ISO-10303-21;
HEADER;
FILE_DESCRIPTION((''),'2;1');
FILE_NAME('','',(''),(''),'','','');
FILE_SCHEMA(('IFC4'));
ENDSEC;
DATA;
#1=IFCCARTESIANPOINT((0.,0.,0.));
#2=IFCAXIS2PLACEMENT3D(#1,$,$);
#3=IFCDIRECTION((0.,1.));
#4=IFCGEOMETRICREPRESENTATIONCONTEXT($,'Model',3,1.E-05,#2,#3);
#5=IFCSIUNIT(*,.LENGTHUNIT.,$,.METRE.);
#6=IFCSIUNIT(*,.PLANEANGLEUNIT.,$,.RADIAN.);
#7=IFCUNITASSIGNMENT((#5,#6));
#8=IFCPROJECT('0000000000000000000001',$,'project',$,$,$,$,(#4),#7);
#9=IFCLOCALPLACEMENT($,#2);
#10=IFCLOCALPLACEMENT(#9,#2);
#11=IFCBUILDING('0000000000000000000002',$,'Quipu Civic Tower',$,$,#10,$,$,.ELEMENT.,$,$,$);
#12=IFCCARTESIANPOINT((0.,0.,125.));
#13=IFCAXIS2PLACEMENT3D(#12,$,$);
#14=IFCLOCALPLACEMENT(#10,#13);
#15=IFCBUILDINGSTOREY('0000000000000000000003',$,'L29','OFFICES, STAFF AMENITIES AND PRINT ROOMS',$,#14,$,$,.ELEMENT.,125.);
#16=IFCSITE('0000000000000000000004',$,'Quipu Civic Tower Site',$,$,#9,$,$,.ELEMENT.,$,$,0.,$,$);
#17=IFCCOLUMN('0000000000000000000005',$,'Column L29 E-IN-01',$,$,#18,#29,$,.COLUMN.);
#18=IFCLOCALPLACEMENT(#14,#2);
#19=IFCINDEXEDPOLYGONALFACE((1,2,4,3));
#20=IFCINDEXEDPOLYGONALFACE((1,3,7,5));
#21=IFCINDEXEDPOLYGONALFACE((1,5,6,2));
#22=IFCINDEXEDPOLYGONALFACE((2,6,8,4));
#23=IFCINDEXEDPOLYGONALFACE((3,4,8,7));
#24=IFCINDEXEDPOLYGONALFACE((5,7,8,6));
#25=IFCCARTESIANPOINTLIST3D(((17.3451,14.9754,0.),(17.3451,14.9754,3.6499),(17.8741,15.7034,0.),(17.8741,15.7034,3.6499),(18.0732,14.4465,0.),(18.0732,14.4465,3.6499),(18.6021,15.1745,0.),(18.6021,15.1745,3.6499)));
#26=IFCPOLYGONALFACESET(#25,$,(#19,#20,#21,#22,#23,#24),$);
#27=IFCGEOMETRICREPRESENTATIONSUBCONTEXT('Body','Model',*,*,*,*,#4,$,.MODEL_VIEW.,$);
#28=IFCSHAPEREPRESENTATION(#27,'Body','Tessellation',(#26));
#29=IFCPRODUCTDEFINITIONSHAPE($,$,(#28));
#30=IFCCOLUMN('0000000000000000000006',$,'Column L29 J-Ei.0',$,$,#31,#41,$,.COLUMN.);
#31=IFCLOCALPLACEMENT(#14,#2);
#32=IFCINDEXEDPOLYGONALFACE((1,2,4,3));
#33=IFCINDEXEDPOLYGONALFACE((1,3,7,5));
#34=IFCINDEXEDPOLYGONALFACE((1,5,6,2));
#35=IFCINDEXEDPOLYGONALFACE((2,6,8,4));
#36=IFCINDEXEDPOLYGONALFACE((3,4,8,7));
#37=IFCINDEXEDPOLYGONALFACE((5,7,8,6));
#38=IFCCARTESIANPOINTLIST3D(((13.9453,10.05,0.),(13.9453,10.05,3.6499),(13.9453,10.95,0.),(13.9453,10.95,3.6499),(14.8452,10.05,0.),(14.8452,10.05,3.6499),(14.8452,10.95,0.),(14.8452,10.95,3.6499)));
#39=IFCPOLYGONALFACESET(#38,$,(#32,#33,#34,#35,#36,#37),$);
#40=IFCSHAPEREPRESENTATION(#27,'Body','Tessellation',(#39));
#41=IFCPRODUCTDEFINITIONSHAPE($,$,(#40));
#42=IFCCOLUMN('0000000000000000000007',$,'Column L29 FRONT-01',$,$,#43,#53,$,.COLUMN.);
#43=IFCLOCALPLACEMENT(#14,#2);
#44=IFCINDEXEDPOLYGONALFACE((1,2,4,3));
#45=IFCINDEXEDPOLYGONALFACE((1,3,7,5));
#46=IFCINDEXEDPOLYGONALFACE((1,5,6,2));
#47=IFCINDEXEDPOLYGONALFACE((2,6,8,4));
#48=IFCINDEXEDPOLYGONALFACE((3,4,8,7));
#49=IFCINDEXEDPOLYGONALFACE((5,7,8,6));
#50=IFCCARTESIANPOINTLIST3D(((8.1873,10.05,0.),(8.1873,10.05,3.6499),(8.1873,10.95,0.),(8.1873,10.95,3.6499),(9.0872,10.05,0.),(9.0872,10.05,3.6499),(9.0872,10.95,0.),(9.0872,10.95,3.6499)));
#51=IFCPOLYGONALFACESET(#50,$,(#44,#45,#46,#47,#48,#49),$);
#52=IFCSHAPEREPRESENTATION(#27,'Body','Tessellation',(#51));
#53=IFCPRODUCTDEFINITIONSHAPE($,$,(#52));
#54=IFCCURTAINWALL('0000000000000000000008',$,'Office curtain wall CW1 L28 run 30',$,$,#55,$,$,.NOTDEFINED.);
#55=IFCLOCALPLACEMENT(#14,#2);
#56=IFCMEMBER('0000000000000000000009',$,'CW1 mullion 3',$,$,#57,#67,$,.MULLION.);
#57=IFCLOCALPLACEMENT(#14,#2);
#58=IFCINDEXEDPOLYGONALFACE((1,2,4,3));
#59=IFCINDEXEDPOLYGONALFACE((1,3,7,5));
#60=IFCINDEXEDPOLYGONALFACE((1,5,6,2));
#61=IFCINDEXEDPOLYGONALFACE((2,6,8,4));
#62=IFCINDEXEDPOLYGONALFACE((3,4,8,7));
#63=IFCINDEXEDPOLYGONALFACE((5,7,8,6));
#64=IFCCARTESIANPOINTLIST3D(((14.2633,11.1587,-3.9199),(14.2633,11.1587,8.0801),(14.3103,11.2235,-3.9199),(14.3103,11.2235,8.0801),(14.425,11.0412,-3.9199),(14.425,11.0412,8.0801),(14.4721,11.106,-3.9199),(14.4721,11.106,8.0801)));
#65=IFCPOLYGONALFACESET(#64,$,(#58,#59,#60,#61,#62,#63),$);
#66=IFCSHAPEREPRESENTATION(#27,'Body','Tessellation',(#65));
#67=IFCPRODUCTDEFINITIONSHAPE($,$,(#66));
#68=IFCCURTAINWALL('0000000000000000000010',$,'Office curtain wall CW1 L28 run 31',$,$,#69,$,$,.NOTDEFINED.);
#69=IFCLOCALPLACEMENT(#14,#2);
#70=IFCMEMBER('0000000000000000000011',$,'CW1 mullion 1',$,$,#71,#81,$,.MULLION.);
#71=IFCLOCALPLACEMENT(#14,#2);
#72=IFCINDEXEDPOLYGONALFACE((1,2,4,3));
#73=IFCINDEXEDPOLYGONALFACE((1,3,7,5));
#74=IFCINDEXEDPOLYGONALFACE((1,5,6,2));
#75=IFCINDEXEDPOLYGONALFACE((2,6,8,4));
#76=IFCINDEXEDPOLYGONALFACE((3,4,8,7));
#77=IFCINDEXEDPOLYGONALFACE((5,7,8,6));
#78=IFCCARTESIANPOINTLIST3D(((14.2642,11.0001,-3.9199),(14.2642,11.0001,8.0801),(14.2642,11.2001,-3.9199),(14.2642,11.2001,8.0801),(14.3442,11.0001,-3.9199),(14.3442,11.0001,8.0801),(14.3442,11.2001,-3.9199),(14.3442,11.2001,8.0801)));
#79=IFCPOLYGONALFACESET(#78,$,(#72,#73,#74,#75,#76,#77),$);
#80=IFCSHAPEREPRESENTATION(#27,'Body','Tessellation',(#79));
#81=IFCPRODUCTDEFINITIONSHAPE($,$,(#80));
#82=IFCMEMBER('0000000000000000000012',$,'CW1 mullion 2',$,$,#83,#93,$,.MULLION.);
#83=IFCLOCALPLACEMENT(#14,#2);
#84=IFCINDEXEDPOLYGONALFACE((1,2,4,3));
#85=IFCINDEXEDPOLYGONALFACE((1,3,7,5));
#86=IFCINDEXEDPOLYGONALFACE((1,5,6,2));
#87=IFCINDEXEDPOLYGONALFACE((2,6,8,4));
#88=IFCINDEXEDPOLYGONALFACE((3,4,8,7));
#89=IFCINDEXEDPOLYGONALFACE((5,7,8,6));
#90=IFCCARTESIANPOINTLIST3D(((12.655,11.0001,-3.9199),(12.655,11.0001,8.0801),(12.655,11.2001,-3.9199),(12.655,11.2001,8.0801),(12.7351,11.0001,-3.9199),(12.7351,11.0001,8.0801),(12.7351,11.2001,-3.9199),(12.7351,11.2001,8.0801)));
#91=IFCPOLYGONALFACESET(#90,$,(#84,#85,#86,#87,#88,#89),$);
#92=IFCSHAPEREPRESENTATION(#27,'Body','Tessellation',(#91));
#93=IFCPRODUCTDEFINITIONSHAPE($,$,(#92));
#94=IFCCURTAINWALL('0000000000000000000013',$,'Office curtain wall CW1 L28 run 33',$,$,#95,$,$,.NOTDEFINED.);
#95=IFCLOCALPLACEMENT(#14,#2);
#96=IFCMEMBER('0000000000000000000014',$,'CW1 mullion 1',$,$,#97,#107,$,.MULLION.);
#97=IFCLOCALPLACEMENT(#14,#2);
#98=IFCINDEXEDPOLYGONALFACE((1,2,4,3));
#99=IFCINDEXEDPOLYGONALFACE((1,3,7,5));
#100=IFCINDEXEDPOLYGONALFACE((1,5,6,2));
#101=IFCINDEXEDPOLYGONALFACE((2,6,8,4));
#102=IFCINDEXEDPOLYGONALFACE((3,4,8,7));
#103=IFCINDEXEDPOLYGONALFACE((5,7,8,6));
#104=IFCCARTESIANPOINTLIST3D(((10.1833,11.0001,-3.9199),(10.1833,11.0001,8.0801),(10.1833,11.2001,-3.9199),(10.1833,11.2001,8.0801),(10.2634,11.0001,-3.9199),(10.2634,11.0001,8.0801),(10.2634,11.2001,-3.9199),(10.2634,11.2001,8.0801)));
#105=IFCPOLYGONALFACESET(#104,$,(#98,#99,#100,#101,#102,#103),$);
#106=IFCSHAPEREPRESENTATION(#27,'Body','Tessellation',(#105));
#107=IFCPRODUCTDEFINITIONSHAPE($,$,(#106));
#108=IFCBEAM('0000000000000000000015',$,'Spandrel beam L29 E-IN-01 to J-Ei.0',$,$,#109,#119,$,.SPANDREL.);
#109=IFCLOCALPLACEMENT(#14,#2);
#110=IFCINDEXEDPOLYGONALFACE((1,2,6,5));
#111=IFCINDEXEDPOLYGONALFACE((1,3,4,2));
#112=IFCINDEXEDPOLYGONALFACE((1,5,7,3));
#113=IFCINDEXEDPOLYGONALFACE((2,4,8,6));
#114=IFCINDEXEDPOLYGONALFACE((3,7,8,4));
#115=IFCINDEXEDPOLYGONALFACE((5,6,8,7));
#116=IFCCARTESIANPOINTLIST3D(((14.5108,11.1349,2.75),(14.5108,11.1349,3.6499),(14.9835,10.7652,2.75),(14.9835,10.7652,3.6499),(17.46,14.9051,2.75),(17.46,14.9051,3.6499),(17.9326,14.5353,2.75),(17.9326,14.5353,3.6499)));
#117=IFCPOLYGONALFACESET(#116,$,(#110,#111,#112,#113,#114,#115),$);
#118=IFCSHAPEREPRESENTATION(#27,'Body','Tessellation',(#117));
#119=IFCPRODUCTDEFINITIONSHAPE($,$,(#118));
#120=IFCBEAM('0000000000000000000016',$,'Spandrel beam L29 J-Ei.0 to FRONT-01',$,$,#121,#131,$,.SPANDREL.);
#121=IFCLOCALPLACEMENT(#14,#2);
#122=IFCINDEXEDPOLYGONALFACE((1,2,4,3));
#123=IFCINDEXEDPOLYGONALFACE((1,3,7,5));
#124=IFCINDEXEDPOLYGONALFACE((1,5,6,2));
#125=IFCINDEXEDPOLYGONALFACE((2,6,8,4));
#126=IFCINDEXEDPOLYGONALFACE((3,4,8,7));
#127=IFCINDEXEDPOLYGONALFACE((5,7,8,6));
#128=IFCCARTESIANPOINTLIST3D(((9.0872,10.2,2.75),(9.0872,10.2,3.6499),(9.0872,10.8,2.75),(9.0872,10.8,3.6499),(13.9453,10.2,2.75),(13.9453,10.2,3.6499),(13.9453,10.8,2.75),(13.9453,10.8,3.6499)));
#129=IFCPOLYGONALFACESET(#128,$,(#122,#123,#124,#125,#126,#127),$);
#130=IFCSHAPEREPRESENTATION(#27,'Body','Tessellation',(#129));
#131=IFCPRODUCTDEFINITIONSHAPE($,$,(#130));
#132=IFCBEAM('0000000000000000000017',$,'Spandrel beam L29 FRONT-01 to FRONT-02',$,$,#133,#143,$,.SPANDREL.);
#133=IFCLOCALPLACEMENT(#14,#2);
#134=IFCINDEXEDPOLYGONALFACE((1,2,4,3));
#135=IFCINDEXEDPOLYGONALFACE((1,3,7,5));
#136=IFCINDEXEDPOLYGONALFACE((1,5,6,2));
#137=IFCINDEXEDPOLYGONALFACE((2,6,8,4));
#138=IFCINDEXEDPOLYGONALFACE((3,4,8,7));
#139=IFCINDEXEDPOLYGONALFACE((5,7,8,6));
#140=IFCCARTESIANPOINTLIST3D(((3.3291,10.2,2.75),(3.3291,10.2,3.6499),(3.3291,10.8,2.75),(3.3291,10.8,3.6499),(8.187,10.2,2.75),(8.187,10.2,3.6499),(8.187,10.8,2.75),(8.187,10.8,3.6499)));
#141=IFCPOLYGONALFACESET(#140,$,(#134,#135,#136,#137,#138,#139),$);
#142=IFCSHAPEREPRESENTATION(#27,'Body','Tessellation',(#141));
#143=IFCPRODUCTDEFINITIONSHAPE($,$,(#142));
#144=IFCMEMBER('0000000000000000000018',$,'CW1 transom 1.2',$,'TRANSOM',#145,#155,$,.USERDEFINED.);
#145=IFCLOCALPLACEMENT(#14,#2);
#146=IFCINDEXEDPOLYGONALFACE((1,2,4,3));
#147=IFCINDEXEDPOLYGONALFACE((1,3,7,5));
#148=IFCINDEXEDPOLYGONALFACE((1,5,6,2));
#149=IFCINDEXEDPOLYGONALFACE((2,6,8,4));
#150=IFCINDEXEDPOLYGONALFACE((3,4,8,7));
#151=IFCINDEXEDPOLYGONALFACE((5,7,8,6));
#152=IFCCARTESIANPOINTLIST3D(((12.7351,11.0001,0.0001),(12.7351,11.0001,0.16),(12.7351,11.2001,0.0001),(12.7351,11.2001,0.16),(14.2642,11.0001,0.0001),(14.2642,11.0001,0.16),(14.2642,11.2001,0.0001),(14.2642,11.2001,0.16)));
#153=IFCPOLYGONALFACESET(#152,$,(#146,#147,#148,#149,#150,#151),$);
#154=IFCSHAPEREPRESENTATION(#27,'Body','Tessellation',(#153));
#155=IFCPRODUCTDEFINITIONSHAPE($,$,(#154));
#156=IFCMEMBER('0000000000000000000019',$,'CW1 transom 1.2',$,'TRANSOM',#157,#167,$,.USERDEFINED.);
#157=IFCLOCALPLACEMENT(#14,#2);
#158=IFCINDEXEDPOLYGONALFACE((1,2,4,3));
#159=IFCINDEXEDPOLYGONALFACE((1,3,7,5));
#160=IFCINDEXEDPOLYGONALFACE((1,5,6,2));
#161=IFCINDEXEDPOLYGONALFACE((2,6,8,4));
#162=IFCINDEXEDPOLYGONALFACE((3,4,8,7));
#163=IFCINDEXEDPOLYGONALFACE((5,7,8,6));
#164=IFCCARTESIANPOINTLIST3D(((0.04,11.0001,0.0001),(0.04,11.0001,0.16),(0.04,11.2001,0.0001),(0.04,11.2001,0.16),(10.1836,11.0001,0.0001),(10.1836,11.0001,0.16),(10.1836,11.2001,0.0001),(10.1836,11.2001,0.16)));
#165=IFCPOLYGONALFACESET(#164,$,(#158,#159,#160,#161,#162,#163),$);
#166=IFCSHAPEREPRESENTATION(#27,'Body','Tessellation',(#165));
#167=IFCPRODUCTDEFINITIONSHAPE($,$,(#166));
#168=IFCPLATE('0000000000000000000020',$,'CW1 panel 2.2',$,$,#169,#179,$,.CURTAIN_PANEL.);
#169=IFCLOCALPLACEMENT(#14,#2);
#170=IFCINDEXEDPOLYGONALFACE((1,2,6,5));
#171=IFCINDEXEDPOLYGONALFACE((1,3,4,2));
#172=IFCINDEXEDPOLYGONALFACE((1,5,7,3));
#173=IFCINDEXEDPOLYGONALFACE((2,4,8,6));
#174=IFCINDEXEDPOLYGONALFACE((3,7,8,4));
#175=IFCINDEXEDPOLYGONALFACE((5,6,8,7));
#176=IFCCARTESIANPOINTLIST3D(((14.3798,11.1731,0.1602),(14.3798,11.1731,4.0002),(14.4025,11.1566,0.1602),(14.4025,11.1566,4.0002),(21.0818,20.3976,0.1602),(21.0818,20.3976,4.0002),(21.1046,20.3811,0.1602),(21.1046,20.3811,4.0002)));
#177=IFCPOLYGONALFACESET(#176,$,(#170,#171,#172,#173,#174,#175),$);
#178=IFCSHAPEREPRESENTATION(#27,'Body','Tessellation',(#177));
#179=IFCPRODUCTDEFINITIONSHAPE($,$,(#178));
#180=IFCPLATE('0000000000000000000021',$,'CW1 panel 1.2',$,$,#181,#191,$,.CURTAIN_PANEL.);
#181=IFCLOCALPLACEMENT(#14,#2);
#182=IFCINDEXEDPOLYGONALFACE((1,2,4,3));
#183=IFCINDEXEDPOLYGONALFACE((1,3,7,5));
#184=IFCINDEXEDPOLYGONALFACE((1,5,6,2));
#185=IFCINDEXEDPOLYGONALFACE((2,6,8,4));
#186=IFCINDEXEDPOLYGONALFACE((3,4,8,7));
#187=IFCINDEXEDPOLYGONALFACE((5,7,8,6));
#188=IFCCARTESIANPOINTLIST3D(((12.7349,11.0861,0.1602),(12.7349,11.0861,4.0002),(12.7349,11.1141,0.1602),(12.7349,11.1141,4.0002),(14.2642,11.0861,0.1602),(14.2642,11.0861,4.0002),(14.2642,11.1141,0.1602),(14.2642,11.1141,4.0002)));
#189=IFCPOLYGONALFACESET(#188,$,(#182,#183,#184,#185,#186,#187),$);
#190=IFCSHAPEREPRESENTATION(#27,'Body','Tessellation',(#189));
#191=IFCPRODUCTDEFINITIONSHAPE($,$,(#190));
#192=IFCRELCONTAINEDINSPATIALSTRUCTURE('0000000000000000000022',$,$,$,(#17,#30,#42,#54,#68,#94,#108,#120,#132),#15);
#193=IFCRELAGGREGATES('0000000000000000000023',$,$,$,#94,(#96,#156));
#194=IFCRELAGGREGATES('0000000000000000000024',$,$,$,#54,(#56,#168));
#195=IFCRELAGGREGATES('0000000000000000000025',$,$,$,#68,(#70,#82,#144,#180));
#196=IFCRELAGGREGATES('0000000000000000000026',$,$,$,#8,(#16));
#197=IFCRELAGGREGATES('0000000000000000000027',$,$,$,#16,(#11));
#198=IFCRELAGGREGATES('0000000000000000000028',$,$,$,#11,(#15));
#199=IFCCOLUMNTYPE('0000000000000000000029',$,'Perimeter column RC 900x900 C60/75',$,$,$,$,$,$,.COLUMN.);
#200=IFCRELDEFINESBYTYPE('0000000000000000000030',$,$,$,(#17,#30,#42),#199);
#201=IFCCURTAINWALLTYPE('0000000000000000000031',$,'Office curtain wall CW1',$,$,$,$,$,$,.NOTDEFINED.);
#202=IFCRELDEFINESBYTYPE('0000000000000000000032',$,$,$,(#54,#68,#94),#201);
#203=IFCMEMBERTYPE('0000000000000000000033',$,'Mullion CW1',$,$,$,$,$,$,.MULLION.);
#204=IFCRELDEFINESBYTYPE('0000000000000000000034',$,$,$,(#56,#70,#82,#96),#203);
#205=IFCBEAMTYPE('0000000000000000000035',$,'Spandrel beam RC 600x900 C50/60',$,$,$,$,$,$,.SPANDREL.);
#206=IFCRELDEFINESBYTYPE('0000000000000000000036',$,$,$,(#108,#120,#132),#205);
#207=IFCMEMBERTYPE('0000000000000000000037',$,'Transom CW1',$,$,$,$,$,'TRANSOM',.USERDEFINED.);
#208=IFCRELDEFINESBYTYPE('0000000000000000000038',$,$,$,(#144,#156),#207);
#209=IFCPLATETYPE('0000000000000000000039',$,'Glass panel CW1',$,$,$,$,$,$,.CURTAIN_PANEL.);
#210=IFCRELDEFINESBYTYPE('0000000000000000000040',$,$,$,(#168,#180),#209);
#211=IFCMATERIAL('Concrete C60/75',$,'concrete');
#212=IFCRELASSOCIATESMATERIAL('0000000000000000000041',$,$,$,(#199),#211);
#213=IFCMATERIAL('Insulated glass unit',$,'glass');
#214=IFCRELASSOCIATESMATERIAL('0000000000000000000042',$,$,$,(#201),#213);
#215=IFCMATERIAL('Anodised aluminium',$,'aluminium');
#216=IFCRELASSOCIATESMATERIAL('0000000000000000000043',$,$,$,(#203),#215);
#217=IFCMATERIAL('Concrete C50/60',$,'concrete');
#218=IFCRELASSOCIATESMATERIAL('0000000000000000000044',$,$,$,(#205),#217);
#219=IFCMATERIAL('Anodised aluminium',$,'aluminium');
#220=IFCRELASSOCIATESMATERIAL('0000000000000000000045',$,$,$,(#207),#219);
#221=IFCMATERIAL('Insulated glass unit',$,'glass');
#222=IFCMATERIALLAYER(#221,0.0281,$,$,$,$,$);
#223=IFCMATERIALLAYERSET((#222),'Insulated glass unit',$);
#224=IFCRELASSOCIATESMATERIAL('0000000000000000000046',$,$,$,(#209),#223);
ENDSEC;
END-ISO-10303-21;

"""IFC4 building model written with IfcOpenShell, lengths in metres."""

from ifc_helpers import new_model, si_unit, direction, frame, origin, origin_2d, place, context, subcontext, project, spatial, rectangle, extrude, material, layer, layer_set, material_profile, profile_set, type_object, element, aggregate, save


model = new_model("IFC4")

# Units and contexts
model_context = context("Model", 3, precision=1e-05, world=origin(), true_north=direction((0.0, 1.0)))
body_context = subcontext(model_context, "Body", "Model", "MODEL_VIEW")
ifc_project = project(units=[si_unit("LENGTHUNIT", "METRE"), si_unit("PLANEANGLEUNIT", "RADIAN")], contexts=[model_context])

# Site, building, storey
site_placement = place(None, origin())
site = spatial("IfcSite", under=ifc_project, at=site_placement, Name="Quipu Civic Tower Site", CompositionType="ELEMENT", RefElevation=0.0)
building_placement = place(site_placement, origin())
building = spatial("IfcBuilding", under=site, at=building_placement, Name="Quipu Civic Tower", CompositionType="ELEMENT")
storey_placement = place(building_placement, frame((0.0, 0.0, 125.0)))
storey = spatial("IfcBuildingStorey", under=building, at=storey_placement, Name="L29", Description="OFFICES, STAFF AMENITIES AND PRINT ROOMS", CompositionType="ELEMENT", Elevation=125.0)

# Columns
ifc_material_1 = material(Name="Concrete C60/75", Category="concrete")
ifc_material_profile_1 = material_profile(ifc_material_1, rectangle(XDim=0.8999, YDim=0.8999, at=origin_2d()), Name="RC900x900")
ifc_profile_set_1 = profile_set([ifc_material_profile_1], Name="Concrete C60/75")
column_type = type_object("IfcColumnType", Name="Perimeter column RC 900x900 C60/75", PredefinedType="COLUMN", material=ifc_profile_set_1)
for number, where, z_axis, x_axis, name in (
    (1, (17.9736, 15.075, 0.0), (0.0, 0.0, 1.0), (-0.587785, -0.809017, 0.0), "Column L29 E-IN-01"),
    (2, (14.3953, 10.5, 0.0), (0.0, 0.0, 1.0), (-1.0, 0.0, 0.0), "Column L29 J-Ei.0"),
    (3, (8.6372, 10.5, 0.0), (0.0, 0.0, 1.0), (-1.0, 0.0, 0.0), "Column L29 FRONT-01"),
):
    element("IfcColumn", number, at=place(storey_placement, frame(where, z_axis=z_axis, x_axis=x_axis)), inside=storey, type_object=column_type, Name=name, PredefinedType="COLUMN", context=body_context, shape_type="SweptSolid", body=[
        extrude(rectangle(XDim=0.8999, YDim=0.8999, at=origin_2d()), origin(), (0.0, 0.0, 1.0), 3.6499),
    ])

# Curtain wall, member
ifc_material_2 = material(Name="Insulated glass unit", Category="glass")
curtain_wall_type = type_object("IfcCurtainWallType", Name="Office curtain wall CW1", PredefinedType="NOTDEFINED", material=ifc_material_2)
curtain_wall_1_placement = place(storey_placement, origin())
curtain_wall_1 = element("IfcCurtainWall", 4, at=curtain_wall_1_placement, inside=storey, type_object=curtain_wall_type, Name="Office curtain wall CW1 L28 run 30", PredefinedType="NOTDEFINED")
ifc_material_3 = material(Name="Anodised aluminium", Category="aluminium")
ifc_material_profile_2 = material_profile(ifc_material_3, rectangle(XDim=0.2, YDim=0.0801, at=origin_2d()), Name="RECT 200x80")
ifc_profile_set_2 = profile_set([ifc_material_profile_2], Name="Anodised aluminium")
member_type_1 = type_object("IfcMemberType", Name="Mullion CW1", PredefinedType="MULLION", material=ifc_profile_set_2)
member_1_placement = place(storey_placement, frame((14.3677, 11.1323, -3.9199), z_axis=(0.0, 0.0, 1.0), x_axis=(0.809014, -0.587789, 0.0)))
member_1 = element("IfcMember", 5, at=member_1_placement, type_object=member_type_1, Name="CW1 mullion 3", PredefinedType="MULLION", context=body_context, shape_type="SweptSolid", body=[
    extrude(rectangle(XDim=0.2, YDim=0.0801, at=origin_2d()), origin(), (0.0, 0.0, 1.0), 12.0),
])

# Curtain wall, members
curtain_wall_2_placement = place(storey_placement, origin())
curtain_wall_2 = element("IfcCurtainWall", 6, at=curtain_wall_2_placement, inside=storey, type_object=curtain_wall_type, Name="Office curtain wall CW1 L28 run 31", PredefinedType="NOTDEFINED")
member_2_placement = place(storey_placement, frame((14.3042, 11.1001, -3.9199), z_axis=(0.0, 0.0, 1.0), x_axis=(0.0, -1.0, 0.0)))
member_2 = element("IfcMember", 7, at=member_2_placement, type_object=member_type_1, Name="CW1 mullion 1", PredefinedType="MULLION", context=body_context, shape_type="SweptSolid", body=[
    extrude(rectangle(XDim=0.2, YDim=0.0801, at=origin_2d()), origin(), (0.0, 0.0, 1.0), 12.0),
])
member_3_placement = place(storey_placement, frame((12.6951, 11.1001, -3.9199), z_axis=(0.0, 0.0, 1.0), x_axis=(0.0, -1.0, 0.0)))
member_3 = element("IfcMember", 8, at=member_3_placement, type_object=member_type_1, Name="CW1 mullion 2", PredefinedType="MULLION", context=body_context, shape_type="SweptSolid", body=[
    extrude(rectangle(XDim=0.2, YDim=0.0801, at=origin_2d()), origin(), (0.0, 0.0, 1.0), 12.0),
])

# Curtain wall, member
curtain_wall_3_placement = place(storey_placement, origin())
curtain_wall_3 = element("IfcCurtainWall", 9, at=curtain_wall_3_placement, inside=storey, type_object=curtain_wall_type, Name="Office curtain wall CW1 L28 run 33", PredefinedType="NOTDEFINED")
member_4_placement = place(storey_placement, frame((10.2234, 11.1001, -3.9199), z_axis=(0.0, 0.0, 1.0), x_axis=(0.0, -1.0, 0.0)))
member_4 = element("IfcMember", 10, at=member_4_placement, type_object=member_type_1, Name="CW1 mullion 1", PredefinedType="MULLION", context=body_context, shape_type="SweptSolid", body=[
    extrude(rectangle(XDim=0.2, YDim=0.0801, at=origin_2d()), origin(), (0.0, 0.0, 1.0), 12.0),
])

# Beams
ifc_material_4 = material(Name="Concrete C50/60", Category="concrete")
ifc_material_profile_3 = material_profile(ifc_material_4, rectangle(XDim=0.6001, YDim=0.8999, at=origin_2d()), Name="RC600x900")
ifc_profile_set_3 = profile_set([ifc_material_profile_3], Name="Concrete C50/60")
beam_type = type_object("IfcBeamType", Name="Spandrel beam RC 600x900 C50/60", PredefinedType="SPANDREL", material=ifc_profile_set_3)
beam_1_placement = place(storey_placement, frame((17.6963, 14.7202, 3.2), z_axis=(-0.616124, -0.787649, 0.0), x_axis=(0.787649, -0.616124, 0.0)))
element("IfcBeam", 11, at=beam_1_placement, inside=storey, type_object=beam_type, Name="Spandrel beam L29 E-IN-01 to J-Ei.0", PredefinedType="SPANDREL", context=body_context, shape_type="SweptSolid", body=[
    extrude(rectangle(XDim=0.6001, YDim=0.8999, at=origin_2d()), origin(), (0.0, 0.0, 1.0), 4.7866),
])
beam_2_placement = place(storey_placement, frame((13.9453, 10.5, 3.2), z_axis=(-1.0, 0.0, 0.0), x_axis=(0.0, -1.0, 0.0)))
element("IfcBeam", 12, at=beam_2_placement, inside=storey, type_object=beam_type, Name="Spandrel beam L29 J-Ei.0 to FRONT-01", PredefinedType="SPANDREL", context=body_context, shape_type="SweptSolid", body=[
    extrude(rectangle(XDim=0.6001, YDim=0.8999, at=origin_2d()), origin(), (0.0, 0.0, 1.0), 4.8582),
])
beam_3_placement = place(storey_placement, frame((8.187, 10.5, 3.2), z_axis=(-1.0, 0.0, 0.0), x_axis=(0.0, -1.0, 0.0)))
element("IfcBeam", 13, at=beam_3_placement, inside=storey, type_object=beam_type, Name="Spandrel beam L29 FRONT-01 to FRONT-02", PredefinedType="SPANDREL", context=body_context, shape_type="SweptSolid", body=[
    extrude(rectangle(XDim=0.6001, YDim=0.8999, at=origin_2d()), origin(), (0.0, 0.0, 1.0), 4.8579),
])

# Members
ifc_material_5 = material(Name="Anodised aluminium", Category="aluminium")
ifc_material_profile_4 = material_profile(ifc_material_5, rectangle(XDim=0.2, YDim=0.1599, at=origin_2d()), Name="RECT 200x160")
ifc_profile_set_4 = profile_set([ifc_material_profile_4], Name="Anodised aluminium")
member_type_2 = type_object("IfcMemberType", Name="Transom CW1", ElementType="TRANSOM", PredefinedType="USERDEFINED", material=ifc_profile_set_4)
member_5_placement = place(storey_placement, frame((14.2642, 11.1001, 0.0801), z_axis=(-1.0, 0.0, 0.0), x_axis=(0.0, -1.0, 0.0)))
member_5 = element("IfcMember", 14, at=member_5_placement, type_object=member_type_2, Name="CW1 transom 1.2", ObjectType="TRANSOM", PredefinedType="USERDEFINED", context=body_context, shape_type="SweptSolid", body=[
    extrude(rectangle(XDim=0.2, YDim=0.1599, at=origin_2d()), origin(), (0.0, 0.0, 1.0), 1.5291),
])
member_6_placement = place(storey_placement, frame((10.1836, 11.1001, 0.0801), z_axis=(-1.0, 0.0, 0.0), x_axis=(0.0, -1.0, 0.0)))
member_6 = element("IfcMember", 15, at=member_6_placement, type_object=member_type_2, Name="CW1 transom 1.2", ObjectType="TRANSOM", PredefinedType="USERDEFINED", context=body_context, shape_type="SweptSolid", body=[
    extrude(rectangle(XDim=0.2, YDim=0.1599, at=origin_2d()), origin(), (0.0, 0.0, 1.0), 10.1436),
])
aggregate(curtain_wall_3, [member_4, member_6])

# Plates
ifc_material_6 = material(Name="Insulated glass unit", Category="glass")
ifc_layer_1 = layer(ifc_material_6, 0.0281)
ifc_layer_set_1 = layer_set([ifc_layer_1], Name="Insulated glass unit")
plate_type_1 = type_object("IfcPlateType", Name="Glass panel CW1", PredefinedType="CURTAIN_PANEL", material=ifc_layer_set_1)
plate_1_placement = place(storey_placement, frame((17.7422, 15.7771, 0.1602), z_axis=(0.0, 0.0, 1.0), x_axis=(-0.587789, -0.809014, 0.0)))
plate_1 = element("IfcPlate", 16, at=plate_1_placement, type_object=plate_type_1, Name="CW1 panel 2.2", PredefinedType="CURTAIN_PANEL", context=body_context, shape_type="SweptSolid", body=[
    extrude(rectangle(XDim=11.4021, YDim=0.0281, at=origin_2d()), origin(), (0.0, 0.0, 1.0), 3.8401),
])
aggregate(curtain_wall_1, [member_1, plate_1])
plate_2_placement = place(storey_placement, frame((13.4995, 11.1001, 0.1602), z_axis=(0.0, 0.0, 1.0), x_axis=(-1.0, 0.0, 0.0)))
plate_2 = element("IfcPlate", 17, at=plate_2_placement, type_object=plate_type_1, Name="CW1 panel 1.2", PredefinedType="CURTAIN_PANEL", context=body_context, shape_type="SweptSolid", body=[
    extrude(rectangle(XDim=1.5293, YDim=0.0281, at=origin_2d()), origin(), (0.0, 0.0, 1.0), 3.8401),
])
aggregate(curtain_wall_2, [member_2, member_3, member_5, plate_2])

save(model, "model.ifc")
